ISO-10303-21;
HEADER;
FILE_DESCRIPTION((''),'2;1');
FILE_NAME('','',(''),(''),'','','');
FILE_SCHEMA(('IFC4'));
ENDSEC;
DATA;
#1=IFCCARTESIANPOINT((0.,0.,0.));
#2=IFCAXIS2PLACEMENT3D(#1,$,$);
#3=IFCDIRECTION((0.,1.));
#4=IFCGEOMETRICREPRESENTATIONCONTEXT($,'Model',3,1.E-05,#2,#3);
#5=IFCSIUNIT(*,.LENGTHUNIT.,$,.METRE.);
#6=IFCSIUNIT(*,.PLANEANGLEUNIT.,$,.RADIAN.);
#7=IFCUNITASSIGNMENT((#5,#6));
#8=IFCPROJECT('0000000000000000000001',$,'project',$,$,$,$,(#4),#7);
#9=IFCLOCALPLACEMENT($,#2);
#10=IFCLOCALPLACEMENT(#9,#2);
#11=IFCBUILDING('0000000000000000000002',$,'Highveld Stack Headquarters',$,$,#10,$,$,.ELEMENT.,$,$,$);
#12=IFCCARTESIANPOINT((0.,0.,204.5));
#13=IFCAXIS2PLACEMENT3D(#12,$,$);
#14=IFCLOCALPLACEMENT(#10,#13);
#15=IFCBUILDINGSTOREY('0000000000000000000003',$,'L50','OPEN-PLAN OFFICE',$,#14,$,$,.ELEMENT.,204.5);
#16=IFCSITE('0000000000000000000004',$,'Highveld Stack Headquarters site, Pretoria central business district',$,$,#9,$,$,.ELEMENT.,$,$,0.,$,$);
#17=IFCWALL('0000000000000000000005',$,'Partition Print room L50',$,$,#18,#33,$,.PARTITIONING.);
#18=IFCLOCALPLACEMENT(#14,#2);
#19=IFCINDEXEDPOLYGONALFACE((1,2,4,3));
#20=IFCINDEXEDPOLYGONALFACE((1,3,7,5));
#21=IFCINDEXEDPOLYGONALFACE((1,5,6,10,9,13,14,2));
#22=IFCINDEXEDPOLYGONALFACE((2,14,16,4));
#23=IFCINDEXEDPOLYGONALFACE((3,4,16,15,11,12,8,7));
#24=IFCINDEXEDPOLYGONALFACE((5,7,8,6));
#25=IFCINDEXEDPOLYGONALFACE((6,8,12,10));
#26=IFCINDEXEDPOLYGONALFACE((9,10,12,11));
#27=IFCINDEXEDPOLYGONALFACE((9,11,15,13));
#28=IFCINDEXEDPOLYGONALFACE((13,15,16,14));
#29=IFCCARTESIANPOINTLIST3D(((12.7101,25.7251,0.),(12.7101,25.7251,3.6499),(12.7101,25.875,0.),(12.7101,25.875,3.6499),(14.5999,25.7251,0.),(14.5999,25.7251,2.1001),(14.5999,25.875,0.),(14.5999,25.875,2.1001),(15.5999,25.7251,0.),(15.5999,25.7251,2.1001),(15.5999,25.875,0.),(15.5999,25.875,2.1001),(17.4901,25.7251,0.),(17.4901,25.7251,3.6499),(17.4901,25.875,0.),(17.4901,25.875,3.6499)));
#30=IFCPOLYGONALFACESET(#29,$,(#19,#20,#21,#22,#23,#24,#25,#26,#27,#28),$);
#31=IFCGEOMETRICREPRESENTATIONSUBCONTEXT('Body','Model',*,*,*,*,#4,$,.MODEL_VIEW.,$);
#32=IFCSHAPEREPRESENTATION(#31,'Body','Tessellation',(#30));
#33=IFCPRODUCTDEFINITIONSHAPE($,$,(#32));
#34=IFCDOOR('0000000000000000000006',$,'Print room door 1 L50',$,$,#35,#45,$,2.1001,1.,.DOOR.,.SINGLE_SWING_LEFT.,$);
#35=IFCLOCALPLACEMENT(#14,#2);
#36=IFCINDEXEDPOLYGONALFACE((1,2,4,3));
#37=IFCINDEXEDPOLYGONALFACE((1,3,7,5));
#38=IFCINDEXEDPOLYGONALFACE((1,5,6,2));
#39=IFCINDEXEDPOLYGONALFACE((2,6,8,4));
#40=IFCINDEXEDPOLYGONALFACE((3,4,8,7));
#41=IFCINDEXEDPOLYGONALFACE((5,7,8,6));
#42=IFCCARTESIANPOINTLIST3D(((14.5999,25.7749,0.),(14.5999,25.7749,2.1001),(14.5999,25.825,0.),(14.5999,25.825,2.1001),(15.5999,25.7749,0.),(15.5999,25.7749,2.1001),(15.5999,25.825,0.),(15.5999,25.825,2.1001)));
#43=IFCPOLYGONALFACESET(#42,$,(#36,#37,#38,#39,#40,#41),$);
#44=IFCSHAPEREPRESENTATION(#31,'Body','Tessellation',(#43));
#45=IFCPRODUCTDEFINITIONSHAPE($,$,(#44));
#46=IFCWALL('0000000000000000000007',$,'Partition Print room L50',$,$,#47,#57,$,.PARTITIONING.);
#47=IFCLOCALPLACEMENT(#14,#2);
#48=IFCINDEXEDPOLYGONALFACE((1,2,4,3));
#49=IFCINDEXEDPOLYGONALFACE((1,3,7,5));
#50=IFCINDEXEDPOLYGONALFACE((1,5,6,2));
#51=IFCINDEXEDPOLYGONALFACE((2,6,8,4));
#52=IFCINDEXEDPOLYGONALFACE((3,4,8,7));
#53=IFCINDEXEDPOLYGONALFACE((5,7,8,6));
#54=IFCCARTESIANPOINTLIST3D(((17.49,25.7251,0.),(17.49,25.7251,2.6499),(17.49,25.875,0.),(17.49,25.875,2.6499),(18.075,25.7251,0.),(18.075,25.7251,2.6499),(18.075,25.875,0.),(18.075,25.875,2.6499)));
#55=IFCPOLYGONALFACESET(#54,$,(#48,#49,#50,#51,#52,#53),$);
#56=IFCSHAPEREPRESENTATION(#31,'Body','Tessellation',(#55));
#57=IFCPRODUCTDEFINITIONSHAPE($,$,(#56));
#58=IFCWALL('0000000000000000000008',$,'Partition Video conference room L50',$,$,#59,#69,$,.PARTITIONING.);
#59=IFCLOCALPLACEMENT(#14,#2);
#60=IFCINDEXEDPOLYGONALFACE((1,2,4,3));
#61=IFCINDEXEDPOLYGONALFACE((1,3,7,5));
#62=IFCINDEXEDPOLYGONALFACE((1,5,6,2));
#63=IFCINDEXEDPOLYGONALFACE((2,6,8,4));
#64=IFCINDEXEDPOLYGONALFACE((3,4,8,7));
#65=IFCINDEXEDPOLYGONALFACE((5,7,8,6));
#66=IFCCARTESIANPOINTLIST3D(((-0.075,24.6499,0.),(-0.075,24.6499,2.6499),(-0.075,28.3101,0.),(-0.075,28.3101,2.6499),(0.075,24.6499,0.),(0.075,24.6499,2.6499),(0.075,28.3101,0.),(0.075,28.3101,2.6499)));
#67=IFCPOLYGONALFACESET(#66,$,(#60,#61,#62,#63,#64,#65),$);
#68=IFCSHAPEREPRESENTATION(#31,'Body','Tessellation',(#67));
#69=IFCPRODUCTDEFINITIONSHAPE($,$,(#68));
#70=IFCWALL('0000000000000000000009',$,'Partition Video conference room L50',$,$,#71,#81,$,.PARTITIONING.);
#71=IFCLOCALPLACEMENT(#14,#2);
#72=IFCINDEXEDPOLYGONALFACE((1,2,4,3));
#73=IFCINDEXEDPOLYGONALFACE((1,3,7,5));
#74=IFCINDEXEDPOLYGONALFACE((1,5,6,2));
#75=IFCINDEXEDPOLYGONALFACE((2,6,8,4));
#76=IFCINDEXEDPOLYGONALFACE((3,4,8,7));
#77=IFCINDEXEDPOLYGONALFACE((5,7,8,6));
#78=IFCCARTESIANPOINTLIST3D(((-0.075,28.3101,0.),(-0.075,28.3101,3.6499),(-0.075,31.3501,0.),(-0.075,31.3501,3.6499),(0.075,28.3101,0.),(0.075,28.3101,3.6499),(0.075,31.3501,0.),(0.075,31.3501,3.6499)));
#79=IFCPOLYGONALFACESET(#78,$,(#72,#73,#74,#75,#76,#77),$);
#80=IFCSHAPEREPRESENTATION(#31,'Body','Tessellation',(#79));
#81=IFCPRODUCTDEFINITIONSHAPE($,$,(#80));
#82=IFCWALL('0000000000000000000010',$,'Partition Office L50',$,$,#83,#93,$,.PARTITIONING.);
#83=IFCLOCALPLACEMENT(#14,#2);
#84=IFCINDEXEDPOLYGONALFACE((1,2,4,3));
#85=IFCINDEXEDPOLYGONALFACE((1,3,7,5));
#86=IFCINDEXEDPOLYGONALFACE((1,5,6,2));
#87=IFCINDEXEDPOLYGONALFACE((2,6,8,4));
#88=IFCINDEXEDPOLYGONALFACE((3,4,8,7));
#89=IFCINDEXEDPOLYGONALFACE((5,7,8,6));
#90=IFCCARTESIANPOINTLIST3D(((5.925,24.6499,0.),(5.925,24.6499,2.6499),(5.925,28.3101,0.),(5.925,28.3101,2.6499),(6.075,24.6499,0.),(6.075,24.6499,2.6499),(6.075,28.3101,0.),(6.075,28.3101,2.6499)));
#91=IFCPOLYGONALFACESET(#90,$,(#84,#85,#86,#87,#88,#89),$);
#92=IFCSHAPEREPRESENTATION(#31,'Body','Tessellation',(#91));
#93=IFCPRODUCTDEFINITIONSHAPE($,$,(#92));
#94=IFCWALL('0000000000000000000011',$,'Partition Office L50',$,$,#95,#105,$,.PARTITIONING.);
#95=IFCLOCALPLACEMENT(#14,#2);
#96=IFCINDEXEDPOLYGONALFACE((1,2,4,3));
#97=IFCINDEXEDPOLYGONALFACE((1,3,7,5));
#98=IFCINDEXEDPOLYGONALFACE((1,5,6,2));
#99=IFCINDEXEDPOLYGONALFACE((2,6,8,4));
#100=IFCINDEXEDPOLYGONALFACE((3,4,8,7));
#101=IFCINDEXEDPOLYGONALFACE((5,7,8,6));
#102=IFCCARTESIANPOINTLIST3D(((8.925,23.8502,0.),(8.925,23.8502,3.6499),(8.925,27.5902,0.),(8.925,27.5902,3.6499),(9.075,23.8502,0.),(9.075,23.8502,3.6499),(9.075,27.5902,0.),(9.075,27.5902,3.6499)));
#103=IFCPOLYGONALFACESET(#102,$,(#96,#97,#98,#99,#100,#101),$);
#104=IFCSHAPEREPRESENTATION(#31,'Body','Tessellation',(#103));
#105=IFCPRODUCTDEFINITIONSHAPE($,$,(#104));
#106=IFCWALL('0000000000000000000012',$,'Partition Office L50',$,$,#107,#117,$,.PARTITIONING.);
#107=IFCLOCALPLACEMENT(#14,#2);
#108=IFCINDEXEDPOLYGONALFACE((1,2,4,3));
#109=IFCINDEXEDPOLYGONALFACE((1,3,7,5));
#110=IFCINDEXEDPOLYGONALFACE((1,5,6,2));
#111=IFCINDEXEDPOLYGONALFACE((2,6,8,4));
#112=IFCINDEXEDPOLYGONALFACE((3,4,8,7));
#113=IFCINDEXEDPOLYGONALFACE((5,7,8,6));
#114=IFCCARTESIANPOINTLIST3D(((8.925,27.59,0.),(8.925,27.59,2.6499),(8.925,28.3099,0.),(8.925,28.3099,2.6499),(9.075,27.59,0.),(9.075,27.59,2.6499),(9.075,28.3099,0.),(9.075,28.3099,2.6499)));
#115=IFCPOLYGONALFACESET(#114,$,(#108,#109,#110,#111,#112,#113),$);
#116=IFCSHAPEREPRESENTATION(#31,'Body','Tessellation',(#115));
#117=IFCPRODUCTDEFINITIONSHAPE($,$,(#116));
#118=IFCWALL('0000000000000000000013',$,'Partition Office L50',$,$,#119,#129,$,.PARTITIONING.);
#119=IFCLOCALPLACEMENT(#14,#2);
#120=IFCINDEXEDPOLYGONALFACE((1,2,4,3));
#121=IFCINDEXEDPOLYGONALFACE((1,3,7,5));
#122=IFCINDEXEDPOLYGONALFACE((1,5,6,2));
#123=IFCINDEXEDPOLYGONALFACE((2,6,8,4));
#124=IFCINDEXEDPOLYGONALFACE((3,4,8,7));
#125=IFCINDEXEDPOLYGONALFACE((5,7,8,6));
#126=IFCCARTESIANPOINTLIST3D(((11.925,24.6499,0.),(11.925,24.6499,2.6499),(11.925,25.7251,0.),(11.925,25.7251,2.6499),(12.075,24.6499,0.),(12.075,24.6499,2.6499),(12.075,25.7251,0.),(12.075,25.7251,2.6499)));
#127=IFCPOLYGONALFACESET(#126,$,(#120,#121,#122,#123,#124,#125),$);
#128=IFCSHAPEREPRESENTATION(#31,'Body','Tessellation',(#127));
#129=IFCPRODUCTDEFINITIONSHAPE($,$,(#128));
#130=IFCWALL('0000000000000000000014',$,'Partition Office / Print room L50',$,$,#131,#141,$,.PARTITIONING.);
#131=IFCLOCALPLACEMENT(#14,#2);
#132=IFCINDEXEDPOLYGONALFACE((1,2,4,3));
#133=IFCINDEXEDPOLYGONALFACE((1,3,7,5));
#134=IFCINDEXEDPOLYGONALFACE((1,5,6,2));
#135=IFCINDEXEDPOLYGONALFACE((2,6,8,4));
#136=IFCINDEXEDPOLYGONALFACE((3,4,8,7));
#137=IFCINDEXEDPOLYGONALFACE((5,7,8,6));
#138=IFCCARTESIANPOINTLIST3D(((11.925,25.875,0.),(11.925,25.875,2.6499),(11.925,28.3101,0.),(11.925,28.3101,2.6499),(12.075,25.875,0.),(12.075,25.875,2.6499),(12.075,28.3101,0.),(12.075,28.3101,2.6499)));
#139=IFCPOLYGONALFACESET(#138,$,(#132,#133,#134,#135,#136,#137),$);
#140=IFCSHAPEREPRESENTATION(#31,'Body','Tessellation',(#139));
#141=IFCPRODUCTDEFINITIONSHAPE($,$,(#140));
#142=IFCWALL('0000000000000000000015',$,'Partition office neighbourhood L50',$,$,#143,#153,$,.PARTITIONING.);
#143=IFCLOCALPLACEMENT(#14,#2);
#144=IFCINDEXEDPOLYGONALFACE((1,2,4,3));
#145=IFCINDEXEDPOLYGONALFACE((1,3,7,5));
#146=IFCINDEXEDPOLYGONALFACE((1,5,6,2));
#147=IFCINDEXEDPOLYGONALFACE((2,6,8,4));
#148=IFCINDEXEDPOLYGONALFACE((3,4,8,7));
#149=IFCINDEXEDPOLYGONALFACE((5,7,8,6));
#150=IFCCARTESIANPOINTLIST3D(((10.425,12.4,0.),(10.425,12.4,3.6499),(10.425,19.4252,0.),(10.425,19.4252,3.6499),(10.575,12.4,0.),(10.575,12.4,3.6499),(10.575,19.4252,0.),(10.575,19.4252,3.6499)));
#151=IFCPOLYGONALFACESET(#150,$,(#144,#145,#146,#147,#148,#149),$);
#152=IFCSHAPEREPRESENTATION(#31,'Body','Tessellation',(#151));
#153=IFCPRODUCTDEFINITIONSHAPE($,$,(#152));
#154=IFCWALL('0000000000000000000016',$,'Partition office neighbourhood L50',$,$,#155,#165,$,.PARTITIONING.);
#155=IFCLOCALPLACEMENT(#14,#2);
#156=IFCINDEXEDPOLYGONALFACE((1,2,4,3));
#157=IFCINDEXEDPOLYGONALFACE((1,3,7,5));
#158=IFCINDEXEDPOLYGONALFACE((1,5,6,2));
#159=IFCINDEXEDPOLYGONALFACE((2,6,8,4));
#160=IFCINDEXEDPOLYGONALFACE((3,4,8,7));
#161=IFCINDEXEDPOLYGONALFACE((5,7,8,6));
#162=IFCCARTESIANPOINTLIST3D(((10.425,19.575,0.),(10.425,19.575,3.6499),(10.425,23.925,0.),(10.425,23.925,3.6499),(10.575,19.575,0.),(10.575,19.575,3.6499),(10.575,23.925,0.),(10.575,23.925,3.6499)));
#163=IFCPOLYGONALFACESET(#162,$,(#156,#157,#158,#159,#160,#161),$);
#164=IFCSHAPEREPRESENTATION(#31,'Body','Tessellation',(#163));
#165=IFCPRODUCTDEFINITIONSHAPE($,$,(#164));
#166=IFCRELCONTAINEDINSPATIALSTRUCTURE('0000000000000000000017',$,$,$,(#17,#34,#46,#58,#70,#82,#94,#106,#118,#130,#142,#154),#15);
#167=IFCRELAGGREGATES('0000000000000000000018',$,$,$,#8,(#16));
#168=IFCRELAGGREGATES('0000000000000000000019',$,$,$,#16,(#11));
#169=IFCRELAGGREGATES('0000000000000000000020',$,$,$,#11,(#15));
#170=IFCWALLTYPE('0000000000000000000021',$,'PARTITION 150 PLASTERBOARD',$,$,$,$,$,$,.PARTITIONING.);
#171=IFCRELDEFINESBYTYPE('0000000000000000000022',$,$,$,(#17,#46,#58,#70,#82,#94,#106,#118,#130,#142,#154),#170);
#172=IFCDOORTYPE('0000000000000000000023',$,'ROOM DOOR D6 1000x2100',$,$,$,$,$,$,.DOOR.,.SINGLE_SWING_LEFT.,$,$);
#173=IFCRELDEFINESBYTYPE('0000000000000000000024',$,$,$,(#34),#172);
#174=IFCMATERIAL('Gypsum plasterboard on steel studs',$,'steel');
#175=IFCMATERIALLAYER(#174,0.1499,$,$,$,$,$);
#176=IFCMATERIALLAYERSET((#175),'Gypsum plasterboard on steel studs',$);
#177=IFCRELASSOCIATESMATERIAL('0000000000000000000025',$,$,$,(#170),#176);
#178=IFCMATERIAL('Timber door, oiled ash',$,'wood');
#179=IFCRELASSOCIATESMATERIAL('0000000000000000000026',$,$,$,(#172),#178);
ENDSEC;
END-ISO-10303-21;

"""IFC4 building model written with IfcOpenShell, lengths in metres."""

from ifc_helpers import new_model, si_unit, direction, frame, frame_2d, origin, place, context, subcontext, project, spatial, rectangle, extrude, material, layer, layer_set, type_object, element, fill, save


model = new_model("IFC4")

# Units and contexts
model_context = context("Model", 3, precision=1e-05, world=origin(), true_north=direction((0.0, 1.0)))
body_context = subcontext(model_context, "Body", "Model", "MODEL_VIEW")
ifc_project = project(units=[si_unit("LENGTHUNIT", "METRE"), si_unit("PLANEANGLEUNIT", "RADIAN")], contexts=[model_context])

# Site, building, storey
site_placement = place(None, origin())
site = spatial("IfcSite", under=ifc_project, at=site_placement, Name="Highveld Stack Headquarters site, Pretoria central business district", CompositionType="ELEMENT", RefElevation=0.0)
building_placement = place(site_placement, origin())
building = spatial("IfcBuilding", under=site, at=building_placement, Name="Highveld Stack Headquarters", CompositionType="ELEMENT")
storey_placement = place(building_placement, frame((0.0, 0.0, 204.5)))
storey = spatial("IfcBuildingStorey", under=building, at=storey_placement, Name="L50", Description="OPEN-PLAN OFFICE", CompositionType="ELEMENT", Elevation=204.5)

# Shared definitions
ifc_material_1 = material(Name="Gypsum plasterboard on steel studs", Category="steel")
ifc_layer = layer(ifc_material_1, 0.1499)
ifc_layer_set = layer_set([ifc_layer], Name="Gypsum plasterboard on steel studs")
wall_type = type_object("IfcWallType", Name="PARTITION 150 PLASTERBOARD", PredefinedType="PARTITIONING", material=ifc_layer_set)
ifc_material_2 = material(Name="Timber door, oiled ash", Category="wood")
door_type = type_object("IfcDoorType", Name="ROOM DOOR D6 1000x2100", OperationType="SINGLE_SWING_LEFT", PredefinedType="DOOR", material=ifc_material_2)

# Wall, opening, door
wall_1_placement = place(storey_placement, frame((12.71, 25.8, 0.0), z_axis=(0.0, 0.0, 1.0), x_axis=(1.0, 0.0, 0.0)))
wall_1 = element("IfcWall", 1, at=wall_1_placement, inside=storey, type_object=wall_type, Name="Partition Print room L50", PredefinedType="PARTITIONING", context=body_context, shape_type="SweptSolid", body=[
    extrude(rectangle(XDim=4.78, YDim=0.1499, at=frame_2d((2.3901, 0.0))), origin(), (0.0, 0.0, 1.0), 3.6499),
])
opening_1_placement = place(wall_1_placement, frame((1.8899, 0.0, 0.0)))
opening_1 = element("IfcOpeningElement", 2, at=opening_1_placement, cuts=wall_1, PredefinedType="OPENING", context=body_context, shape_type="SweptSolid", body=[
    extrude(rectangle(XDim=1.0, YDim=2.1001, at=frame_2d((0.5, 1.05))), frame((0.0, 0.085, 0.0), z_axis=(0.0, -1.0, 0.0), x_axis=(1.0, 0.0, 0.0)), (0.0, 0.0, 1.0), 0.1699),
])
door_1_placement = place(opening_1_placement, origin())
door_1 = element("IfcDoor", 3, at=door_1_placement, inside=storey, type_object=door_type, Name="Print room door 1 L50", OperationType="SINGLE_SWING_LEFT", OverallHeight=2.1001, OverallWidth=1.0, PredefinedType="DOOR", context=body_context, shape_type="SweptSolid", body=[
    extrude(rectangle(XDim=1.0, YDim=2.1001, at=frame_2d((0.5, 1.05))), frame((0.0, 0.0249, 0.0), z_axis=(0.0, -1.0, 0.0), x_axis=(1.0, 0.0, 0.0)), (0.0, 0.0, 1.0), 0.05),
])
fill(opening_1, door_1)

# Walls
wall_2_placement = place(storey_placement, frame((17.49, 25.8, 0.0), z_axis=(0.0, 0.0, 1.0), x_axis=(1.0, 0.0, 0.0)))
element("IfcWall", 4, at=wall_2_placement, inside=storey, type_object=wall_type, Name="Partition Print room L50", PredefinedType="PARTITIONING", context=body_context, shape_type="SweptSolid", body=[
    extrude(rectangle(XDim=0.585, YDim=0.1499, at=frame_2d((0.2925, 0.0))), origin(), (0.0, 0.0, 1.0), 2.6499),
])
wall_3_placement = place(storey_placement, frame((0.0, 24.6499, 0.0), z_axis=(0.0, 0.0, 1.0), x_axis=(0.0, 1.0, 0.0)))
element("IfcWall", 5, at=wall_3_placement, inside=storey, type_object=wall_type, Name="Partition Video conference room L50", PredefinedType="PARTITIONING", context=body_context, shape_type="SweptSolid", body=[
    extrude(rectangle(XDim=3.6602, YDim=0.1499, at=frame_2d((1.8301, 0.0))), origin(), (0.0, 0.0, 1.0), 2.6499),
])
wall_4_placement = place(storey_placement, frame((0.0, 28.3101, 0.0), z_axis=(0.0, 0.0, 1.0), x_axis=(0.0, 1.0, 0.0)))
element("IfcWall", 6, at=wall_4_placement, inside=storey, type_object=wall_type, Name="Partition Video conference room L50", PredefinedType="PARTITIONING", context=body_context, shape_type="SweptSolid", body=[
    extrude(rectangle(XDim=3.04, YDim=0.1499, at=frame_2d((1.52, 0.0))), origin(), (0.0, 0.0, 1.0), 3.6499),
])
wall_5_placement = place(storey_placement, frame((6.0, 24.6499, 0.0), z_axis=(0.0, 0.0, 1.0), x_axis=(0.0, 1.0, 0.0)))
element("IfcWall", 7, at=wall_5_placement, inside=storey, type_object=wall_type, Name="Partition Office L50", PredefinedType="PARTITIONING", context=body_context, shape_type="SweptSolid", body=[
    extrude(rectangle(XDim=3.6602, YDim=0.1499, at=frame_2d((1.8301, 0.0))), origin(), (0.0, 0.0, 1.0), 2.6499),
])
wall_6_placement = place(storey_placement, frame((9.0, 23.8501, 0.0), z_axis=(0.0, 0.0, 1.0), x_axis=(0.0, 1.0, 0.0)))
element("IfcWall", 8, at=wall_6_placement, inside=storey, type_object=wall_type, Name="Partition Office L50", PredefinedType="PARTITIONING", context=body_context, shape_type="SweptSolid", body=[
    extrude(rectangle(XDim=3.74, YDim=0.1499, at=frame_2d((1.8701, 0.0))), origin(), (0.0, 0.0, 1.0), 3.6499),
])
wall_7_placement = place(storey_placement, frame((9.0, 27.5901, 0.0), z_axis=(0.0, 0.0, 1.0), x_axis=(0.0, 1.0, 0.0)))
element("IfcWall", 9, at=wall_7_placement, inside=storey, type_object=wall_type, Name="Partition Office L50", PredefinedType="PARTITIONING", context=body_context, shape_type="SweptSolid", body=[
    extrude(rectangle(XDim=0.72, YDim=0.1499, at=frame_2d((0.3599, 0.0))), origin(), (0.0, 0.0, 1.0), 2.6499),
])
wall_8_placement = place(storey_placement, frame((12.0, 24.6499, 0.0), z_axis=(0.0, 0.0, 1.0), x_axis=(0.0, 1.0, 0.0)))
element("IfcWall", 10, at=wall_8_placement, inside=storey, type_object=wall_type, Name="Partition Office L50", PredefinedType="PARTITIONING", context=body_context, shape_type="SweptSolid", body=[
    extrude(rectangle(XDim=1.0752, YDim=0.1499, at=frame_2d((0.5376, 0.0))), origin(), (0.0, 0.0, 1.0), 2.6499),
])
wall_9_placement = place(storey_placement, frame((12.0, 25.875, 0.0), z_axis=(0.0, 0.0, 1.0), x_axis=(0.0, 1.0, 0.0)))
element("IfcWall", 11, at=wall_9_placement, inside=storey, type_object=wall_type, Name="Partition Office / Print room L50", PredefinedType="PARTITIONING", context=body_context, shape_type="SweptSolid", body=[
    extrude(rectangle(XDim=2.4351, YDim=0.1499, at=frame_2d((1.2175, 0.0))), origin(), (0.0, 0.0, 1.0), 2.6499),
])
wall_10_placement = place(storey_placement, frame((10.5, 12.3999, 0.0), z_axis=(0.0, 0.0, 1.0), x_axis=(0.0, 1.0, 0.0)))
element("IfcWall", 12, at=wall_10_placement, inside=storey, type_object=wall_type, Name="Partition office neighbourhood L50", PredefinedType="PARTITIONING", context=body_context, shape_type="SweptSolid", body=[
    extrude(rectangle(XDim=7.0251, YDim=0.1499, at=frame_2d((3.5127, 0.0))), origin(), (0.0, 0.0, 1.0), 3.6499),
])
wall_11_placement = place(storey_placement, frame((10.5, 19.575, 0.0), z_axis=(0.0, 0.0, 1.0), x_axis=(0.0, 1.0, 0.0)))
element("IfcWall", 13, at=wall_11_placement, inside=storey, type_object=wall_type, Name="Partition office neighbourhood L50", PredefinedType="PARTITIONING", context=body_context, shape_type="SweptSolid", body=[
    extrude(rectangle(XDim=4.3501, YDim=0.1499, at=frame_2d((2.175, 0.0))), origin(), (0.0, 0.0, 1.0), 3.6499),
])

save(model, "model.ifc")
